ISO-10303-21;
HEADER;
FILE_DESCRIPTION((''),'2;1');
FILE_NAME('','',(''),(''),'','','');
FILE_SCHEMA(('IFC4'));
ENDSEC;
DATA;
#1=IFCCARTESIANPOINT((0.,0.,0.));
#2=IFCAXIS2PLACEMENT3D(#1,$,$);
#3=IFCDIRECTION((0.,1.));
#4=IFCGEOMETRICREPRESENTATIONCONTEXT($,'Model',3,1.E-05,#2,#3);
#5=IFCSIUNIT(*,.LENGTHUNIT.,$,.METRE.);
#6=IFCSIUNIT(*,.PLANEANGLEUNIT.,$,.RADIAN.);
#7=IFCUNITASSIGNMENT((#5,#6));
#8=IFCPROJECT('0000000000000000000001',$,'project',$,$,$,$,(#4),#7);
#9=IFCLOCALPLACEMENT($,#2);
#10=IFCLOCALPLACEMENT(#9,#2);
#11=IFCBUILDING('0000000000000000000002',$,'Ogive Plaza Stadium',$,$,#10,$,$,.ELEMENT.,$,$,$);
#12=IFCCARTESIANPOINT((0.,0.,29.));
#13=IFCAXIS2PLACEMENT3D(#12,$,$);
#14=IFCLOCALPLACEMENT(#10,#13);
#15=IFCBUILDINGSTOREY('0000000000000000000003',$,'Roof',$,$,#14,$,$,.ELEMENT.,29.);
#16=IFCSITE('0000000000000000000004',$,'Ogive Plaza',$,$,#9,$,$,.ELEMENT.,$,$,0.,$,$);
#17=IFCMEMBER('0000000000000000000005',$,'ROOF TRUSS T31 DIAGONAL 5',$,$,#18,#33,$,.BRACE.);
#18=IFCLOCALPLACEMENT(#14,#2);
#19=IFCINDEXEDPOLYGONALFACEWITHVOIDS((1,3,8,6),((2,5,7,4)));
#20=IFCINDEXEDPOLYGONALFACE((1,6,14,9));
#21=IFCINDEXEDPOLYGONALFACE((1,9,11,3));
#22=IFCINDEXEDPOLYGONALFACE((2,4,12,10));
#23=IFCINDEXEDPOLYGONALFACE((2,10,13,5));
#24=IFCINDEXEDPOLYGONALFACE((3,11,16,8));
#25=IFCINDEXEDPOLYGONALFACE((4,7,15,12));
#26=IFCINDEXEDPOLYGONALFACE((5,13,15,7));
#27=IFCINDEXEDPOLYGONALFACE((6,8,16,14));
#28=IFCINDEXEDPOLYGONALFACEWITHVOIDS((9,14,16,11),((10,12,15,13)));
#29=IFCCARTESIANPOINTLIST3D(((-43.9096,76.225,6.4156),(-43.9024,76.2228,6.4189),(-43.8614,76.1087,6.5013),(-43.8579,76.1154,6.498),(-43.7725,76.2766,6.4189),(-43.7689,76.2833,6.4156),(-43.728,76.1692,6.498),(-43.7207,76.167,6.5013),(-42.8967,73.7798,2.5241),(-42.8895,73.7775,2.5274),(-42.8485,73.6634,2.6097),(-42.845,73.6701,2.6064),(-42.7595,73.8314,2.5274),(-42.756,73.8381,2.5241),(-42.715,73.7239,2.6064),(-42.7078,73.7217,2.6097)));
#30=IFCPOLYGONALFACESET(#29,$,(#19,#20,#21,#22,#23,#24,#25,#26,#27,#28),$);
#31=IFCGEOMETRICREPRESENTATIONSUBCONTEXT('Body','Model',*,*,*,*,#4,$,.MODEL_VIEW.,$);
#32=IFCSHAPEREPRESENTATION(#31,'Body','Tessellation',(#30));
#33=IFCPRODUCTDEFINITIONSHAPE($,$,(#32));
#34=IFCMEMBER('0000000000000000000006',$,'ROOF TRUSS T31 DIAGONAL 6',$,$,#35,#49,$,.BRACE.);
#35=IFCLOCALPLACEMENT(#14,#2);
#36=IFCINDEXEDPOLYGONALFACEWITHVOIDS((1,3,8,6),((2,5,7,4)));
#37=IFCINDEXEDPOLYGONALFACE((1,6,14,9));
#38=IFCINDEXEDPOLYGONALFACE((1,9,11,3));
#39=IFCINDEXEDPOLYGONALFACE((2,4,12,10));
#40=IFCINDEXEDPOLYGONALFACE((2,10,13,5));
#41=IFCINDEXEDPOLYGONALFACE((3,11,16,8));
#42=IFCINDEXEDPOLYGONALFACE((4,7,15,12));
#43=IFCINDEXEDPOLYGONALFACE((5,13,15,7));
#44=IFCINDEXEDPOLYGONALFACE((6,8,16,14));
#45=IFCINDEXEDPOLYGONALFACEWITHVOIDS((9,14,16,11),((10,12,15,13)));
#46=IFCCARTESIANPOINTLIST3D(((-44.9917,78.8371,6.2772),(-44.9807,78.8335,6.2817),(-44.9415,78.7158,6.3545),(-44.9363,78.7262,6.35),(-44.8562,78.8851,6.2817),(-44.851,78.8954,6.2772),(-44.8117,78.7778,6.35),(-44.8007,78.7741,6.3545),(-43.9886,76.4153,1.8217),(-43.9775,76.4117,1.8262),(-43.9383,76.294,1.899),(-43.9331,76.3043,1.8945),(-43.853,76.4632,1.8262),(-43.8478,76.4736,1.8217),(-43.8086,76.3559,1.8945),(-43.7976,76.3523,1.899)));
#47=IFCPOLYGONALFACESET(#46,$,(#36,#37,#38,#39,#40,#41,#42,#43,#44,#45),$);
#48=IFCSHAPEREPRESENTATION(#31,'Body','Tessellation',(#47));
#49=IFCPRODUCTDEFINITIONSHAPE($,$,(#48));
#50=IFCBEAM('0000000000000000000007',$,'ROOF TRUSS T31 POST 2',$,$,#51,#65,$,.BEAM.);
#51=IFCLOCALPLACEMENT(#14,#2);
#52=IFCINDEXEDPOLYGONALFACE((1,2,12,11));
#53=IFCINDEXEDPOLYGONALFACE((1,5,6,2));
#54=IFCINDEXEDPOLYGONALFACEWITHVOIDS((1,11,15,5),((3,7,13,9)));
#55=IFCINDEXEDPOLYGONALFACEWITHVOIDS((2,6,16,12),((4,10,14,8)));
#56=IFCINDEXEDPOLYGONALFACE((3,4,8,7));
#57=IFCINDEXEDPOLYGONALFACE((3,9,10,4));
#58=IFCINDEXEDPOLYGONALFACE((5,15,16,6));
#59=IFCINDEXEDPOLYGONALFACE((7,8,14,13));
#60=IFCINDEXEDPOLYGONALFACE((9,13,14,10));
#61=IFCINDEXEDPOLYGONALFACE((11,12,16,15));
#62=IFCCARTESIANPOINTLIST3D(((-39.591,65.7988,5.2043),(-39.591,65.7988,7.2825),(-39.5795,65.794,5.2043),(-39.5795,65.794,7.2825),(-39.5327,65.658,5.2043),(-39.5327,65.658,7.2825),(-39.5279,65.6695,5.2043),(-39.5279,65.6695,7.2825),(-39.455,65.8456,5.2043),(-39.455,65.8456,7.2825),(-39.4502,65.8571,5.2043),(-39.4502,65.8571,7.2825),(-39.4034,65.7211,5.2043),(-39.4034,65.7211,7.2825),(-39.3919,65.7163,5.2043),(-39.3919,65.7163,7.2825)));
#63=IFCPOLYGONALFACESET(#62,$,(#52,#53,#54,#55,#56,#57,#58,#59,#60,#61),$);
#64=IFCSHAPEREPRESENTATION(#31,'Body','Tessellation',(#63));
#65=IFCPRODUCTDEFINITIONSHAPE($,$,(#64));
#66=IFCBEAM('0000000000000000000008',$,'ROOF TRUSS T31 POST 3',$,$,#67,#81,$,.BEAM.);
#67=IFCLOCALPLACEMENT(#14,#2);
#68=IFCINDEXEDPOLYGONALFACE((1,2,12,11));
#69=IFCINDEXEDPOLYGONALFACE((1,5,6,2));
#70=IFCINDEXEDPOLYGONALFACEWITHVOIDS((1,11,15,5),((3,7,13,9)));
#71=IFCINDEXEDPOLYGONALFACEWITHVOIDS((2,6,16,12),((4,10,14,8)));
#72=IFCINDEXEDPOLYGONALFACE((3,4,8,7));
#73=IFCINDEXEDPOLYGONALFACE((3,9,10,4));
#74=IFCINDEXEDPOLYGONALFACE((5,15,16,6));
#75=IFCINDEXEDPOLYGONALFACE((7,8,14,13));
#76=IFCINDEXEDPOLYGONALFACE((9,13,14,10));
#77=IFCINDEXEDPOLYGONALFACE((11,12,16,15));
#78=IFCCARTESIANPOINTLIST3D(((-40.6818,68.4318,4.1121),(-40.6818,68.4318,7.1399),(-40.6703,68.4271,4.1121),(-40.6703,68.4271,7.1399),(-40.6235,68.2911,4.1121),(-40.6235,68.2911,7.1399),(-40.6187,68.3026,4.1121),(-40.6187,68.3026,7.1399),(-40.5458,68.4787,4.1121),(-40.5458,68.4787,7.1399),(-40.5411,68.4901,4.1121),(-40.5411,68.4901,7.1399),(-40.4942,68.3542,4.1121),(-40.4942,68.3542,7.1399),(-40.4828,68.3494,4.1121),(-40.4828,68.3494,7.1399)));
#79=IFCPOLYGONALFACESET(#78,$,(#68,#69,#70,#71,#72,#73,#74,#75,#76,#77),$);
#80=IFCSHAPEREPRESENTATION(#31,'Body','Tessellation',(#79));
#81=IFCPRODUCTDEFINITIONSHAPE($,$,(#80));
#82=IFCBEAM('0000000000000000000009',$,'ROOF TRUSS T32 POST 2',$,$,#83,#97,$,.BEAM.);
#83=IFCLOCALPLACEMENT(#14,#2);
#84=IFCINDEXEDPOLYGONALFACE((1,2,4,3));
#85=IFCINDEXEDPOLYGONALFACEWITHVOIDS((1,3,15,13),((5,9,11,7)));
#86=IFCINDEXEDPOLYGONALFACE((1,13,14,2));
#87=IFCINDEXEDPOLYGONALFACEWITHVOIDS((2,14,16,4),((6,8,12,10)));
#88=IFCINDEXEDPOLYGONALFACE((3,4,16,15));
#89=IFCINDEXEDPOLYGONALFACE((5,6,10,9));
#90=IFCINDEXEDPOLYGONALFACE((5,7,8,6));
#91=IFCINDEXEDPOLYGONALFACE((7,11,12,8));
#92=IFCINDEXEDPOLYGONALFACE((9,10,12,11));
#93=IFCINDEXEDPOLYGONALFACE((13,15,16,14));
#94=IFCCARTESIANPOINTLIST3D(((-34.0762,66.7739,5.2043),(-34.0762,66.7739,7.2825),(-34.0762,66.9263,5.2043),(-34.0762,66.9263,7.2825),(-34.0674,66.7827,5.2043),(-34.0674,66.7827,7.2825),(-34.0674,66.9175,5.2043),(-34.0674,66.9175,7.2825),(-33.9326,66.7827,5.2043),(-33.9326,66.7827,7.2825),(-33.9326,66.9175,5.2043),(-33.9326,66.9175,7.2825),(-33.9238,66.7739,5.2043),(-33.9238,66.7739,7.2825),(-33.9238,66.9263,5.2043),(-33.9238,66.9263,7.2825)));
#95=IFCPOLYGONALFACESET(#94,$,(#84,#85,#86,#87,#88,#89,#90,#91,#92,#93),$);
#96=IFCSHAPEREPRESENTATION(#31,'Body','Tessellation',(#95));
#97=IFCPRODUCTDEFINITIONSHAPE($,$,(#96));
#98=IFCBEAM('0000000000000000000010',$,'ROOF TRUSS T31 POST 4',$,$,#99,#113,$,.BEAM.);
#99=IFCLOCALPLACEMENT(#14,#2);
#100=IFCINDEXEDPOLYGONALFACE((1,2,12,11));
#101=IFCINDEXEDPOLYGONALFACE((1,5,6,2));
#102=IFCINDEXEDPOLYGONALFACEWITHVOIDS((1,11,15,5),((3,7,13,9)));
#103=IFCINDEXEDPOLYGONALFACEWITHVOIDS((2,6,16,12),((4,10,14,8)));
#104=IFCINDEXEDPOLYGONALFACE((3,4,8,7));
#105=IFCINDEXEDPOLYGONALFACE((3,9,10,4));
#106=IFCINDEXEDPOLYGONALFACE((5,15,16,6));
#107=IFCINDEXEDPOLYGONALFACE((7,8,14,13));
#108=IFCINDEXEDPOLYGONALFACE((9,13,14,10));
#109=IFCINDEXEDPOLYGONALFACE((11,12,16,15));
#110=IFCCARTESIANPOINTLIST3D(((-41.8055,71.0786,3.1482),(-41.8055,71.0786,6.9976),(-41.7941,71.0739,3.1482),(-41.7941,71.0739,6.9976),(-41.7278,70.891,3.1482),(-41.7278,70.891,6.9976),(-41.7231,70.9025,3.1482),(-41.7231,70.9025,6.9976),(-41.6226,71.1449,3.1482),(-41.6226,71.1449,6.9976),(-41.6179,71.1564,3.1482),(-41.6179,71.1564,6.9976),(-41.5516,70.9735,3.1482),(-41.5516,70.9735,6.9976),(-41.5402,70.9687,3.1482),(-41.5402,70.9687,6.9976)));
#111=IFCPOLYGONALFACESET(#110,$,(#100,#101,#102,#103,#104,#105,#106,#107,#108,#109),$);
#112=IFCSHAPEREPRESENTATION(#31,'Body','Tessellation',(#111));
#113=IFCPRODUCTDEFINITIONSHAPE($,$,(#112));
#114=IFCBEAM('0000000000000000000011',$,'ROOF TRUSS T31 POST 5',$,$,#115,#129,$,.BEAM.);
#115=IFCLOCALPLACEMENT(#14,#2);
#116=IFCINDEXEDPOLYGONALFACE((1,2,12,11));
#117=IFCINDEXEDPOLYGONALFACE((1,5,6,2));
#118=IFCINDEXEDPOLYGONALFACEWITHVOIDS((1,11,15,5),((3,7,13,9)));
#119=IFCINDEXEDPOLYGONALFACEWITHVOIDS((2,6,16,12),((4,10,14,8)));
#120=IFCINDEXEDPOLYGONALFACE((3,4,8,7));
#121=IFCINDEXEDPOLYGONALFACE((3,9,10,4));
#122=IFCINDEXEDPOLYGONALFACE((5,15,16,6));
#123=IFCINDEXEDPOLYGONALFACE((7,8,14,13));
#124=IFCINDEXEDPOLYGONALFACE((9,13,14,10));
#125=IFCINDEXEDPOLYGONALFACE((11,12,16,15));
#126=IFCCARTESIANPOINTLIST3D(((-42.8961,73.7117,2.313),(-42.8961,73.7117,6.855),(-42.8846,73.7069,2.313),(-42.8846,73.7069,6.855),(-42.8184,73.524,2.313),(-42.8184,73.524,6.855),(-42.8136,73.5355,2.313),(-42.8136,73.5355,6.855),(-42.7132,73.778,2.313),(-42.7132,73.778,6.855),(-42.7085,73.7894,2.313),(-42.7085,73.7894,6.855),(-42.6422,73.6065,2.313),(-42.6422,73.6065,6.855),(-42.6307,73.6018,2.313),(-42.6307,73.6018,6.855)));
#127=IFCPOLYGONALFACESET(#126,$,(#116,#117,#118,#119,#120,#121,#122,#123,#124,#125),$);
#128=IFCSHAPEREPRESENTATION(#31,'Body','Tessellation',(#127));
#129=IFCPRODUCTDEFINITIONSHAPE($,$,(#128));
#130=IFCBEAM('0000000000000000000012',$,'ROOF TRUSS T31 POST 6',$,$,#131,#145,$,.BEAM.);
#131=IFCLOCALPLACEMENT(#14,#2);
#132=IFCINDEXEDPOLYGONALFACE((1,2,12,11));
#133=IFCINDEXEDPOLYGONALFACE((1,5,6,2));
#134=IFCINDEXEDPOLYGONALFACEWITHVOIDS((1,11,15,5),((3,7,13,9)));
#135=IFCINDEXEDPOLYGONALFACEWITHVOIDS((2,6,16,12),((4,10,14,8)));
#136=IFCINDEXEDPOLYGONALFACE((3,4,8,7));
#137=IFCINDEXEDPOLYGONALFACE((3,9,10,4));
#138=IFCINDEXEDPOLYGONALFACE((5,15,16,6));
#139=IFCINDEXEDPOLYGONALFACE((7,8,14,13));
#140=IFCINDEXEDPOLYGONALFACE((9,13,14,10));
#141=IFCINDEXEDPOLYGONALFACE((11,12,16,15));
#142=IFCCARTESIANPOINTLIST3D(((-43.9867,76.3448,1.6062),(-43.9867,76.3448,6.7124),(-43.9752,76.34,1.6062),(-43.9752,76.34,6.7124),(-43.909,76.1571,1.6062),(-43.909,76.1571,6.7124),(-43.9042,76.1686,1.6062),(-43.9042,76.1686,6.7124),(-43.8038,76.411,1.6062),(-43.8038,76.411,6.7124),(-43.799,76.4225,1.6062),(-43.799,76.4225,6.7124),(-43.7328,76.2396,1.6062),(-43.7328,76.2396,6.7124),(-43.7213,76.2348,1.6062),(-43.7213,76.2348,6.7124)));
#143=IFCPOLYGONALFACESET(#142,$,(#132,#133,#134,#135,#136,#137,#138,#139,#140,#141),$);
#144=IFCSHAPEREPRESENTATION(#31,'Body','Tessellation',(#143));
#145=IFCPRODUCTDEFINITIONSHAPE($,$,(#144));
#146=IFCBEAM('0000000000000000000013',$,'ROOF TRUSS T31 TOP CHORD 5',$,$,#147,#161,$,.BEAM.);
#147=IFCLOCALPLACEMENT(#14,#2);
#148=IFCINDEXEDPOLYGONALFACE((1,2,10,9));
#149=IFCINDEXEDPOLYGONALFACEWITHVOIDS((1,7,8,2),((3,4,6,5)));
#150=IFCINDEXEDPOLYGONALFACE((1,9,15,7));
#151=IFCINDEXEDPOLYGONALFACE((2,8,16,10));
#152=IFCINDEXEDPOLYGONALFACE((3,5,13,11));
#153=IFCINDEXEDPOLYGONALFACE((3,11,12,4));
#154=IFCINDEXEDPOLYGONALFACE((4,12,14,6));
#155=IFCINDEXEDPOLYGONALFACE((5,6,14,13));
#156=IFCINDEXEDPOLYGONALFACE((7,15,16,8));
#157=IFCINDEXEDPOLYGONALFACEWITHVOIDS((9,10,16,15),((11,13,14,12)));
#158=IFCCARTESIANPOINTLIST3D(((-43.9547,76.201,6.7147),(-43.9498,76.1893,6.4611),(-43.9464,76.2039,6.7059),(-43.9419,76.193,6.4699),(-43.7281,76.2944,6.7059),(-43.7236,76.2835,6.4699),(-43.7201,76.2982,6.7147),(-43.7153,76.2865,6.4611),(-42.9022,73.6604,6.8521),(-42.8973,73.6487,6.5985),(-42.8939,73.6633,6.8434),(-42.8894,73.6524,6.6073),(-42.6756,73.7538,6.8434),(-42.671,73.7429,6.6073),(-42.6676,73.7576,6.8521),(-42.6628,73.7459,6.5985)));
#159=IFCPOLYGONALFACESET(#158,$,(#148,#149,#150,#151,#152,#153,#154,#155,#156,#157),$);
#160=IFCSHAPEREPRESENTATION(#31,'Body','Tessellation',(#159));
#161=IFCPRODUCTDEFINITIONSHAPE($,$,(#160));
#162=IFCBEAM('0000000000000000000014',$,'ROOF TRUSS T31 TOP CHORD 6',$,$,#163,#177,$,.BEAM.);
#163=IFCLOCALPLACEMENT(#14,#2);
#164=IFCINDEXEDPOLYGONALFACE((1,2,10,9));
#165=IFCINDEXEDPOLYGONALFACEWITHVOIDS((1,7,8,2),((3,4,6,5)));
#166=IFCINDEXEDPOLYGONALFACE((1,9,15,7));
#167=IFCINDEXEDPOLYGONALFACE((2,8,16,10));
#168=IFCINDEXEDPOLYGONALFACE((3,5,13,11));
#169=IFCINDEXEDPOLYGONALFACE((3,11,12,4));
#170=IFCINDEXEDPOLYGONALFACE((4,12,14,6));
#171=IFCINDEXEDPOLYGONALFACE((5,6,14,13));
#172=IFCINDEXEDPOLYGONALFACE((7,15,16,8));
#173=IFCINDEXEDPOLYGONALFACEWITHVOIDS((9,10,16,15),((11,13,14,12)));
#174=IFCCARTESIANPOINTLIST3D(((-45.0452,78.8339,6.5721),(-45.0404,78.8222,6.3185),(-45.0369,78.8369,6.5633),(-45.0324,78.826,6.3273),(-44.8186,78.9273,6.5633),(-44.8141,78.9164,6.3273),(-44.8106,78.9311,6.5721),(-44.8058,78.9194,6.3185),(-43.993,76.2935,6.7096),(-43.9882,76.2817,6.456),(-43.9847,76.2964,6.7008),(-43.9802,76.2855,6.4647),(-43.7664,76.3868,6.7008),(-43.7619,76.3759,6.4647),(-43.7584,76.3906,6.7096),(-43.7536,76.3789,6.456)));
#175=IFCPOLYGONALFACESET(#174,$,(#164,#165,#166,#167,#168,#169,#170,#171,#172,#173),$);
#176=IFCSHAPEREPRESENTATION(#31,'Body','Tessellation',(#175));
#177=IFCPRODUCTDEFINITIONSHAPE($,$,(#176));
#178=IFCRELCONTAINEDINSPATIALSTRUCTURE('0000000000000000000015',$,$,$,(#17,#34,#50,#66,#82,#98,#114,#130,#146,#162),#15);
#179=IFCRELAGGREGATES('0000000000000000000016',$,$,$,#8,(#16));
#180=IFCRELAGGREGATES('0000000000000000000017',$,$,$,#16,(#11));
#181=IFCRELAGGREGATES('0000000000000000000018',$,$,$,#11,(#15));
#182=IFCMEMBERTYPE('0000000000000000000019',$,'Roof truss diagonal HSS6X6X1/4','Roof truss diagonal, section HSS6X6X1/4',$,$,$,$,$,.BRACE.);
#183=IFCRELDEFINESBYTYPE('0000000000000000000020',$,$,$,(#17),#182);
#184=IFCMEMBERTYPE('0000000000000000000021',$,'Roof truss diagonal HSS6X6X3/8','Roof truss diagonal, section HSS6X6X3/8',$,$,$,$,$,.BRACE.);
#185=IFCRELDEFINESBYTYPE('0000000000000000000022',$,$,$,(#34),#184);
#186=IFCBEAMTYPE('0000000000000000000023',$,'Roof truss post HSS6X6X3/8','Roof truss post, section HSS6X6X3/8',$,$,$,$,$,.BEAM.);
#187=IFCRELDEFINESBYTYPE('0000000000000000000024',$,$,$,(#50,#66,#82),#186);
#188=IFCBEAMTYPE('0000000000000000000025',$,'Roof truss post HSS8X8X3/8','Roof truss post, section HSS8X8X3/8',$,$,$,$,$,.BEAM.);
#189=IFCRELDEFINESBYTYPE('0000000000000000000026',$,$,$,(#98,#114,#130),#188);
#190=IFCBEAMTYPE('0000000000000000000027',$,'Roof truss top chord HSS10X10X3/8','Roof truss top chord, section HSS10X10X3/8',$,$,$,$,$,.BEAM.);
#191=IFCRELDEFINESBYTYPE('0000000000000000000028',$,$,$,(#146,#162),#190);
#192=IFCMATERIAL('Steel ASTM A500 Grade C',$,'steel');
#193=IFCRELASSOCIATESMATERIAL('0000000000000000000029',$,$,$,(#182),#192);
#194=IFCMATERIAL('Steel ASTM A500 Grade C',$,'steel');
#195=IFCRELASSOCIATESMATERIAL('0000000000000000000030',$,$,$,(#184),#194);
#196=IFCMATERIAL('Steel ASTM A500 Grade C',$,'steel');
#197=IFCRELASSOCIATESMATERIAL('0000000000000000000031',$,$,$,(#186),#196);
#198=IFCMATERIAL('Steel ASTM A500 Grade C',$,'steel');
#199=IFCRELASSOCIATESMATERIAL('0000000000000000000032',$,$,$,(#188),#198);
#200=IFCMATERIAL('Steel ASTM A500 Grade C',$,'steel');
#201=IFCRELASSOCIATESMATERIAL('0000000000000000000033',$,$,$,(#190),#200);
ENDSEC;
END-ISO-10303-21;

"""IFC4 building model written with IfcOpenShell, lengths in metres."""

from ifc_helpers import new_model, si_unit, direction, frame, origin, origin_2d, place, context, subcontext, project, spatial, hollow_rectangle, extrude, material, material_profile, profile_set, type_object, element, save


model = new_model("IFC4")

# Units and contexts
model_context = context("Model", 3, precision=1e-05, world=origin(), true_north=direction((0.0, 1.0)))
body_context = subcontext(model_context, "Body", "Model", "MODEL_VIEW")
ifc_project = project(units=[si_unit("LENGTHUNIT", "METRE"), si_unit("PLANEANGLEUNIT", "RADIAN")], contexts=[model_context])

# Site, building, storey
site_placement = place(None, origin())
site = spatial("IfcSite", under=ifc_project, at=site_placement, Name="Ogive Plaza", CompositionType="ELEMENT", RefElevation=0.0)
building_placement = place(site_placement, origin())
building = spatial("IfcBuilding", under=site, at=building_placement, Name="Ogive Plaza Stadium", CompositionType="ELEMENT")
storey_placement = place(building_placement, frame((0.0, 0.0, 29.0)))
storey = spatial("IfcBuildingStorey", under=building, at=storey_placement, Name="Roof", CompositionType="ELEMENT", Elevation=29.0)

# Members
ifc_material_1 = material(Name="Steel ASTM A500 Grade C", Category="steel")
ifc_material_profile_1 = material_profile(ifc_material_1, hollow_rectangle(XDim=0.1523, YDim=0.1523, WallThickness=0.0059, at=origin_2d()), Name="HSS6X6X1/4")
ifc_profile_set_1 = profile_set([ifc_material_profile_1], Name="Steel ASTM A500 Grade C")
member_type_1 = type_object("IfcMemberType", Name="Roof truss diagonal HSS6X6X1/4", Description="Roof truss diagonal, section HSS6X6X1/4", PredefinedType="BRACE", material=ifc_profile_set_1)
member_1_placement = place(storey_placement, frame((-42.8022, 73.7507, 2.5669), z_axis=(-0.215226, 0.519572, 0.826875), x_axis=(-0.923872, -0.382702, 0.0)))
element("IfcMember", 1, at=member_1_placement, inside=storey, type_object=member_type_1, Name="ROOF TRUSS T31 DIAGONAL 5", PredefinedType="BRACE", context=body_context, shape_type="SweptSolid", body=[
    extrude(hollow_rectangle(XDim=0.1523, YDim=0.1523, WallThickness=0.0059, at=origin_2d()), origin(), (0.0, 0.0, 1.0), 4.7063),
])
ifc_material_2 = material(Name="Steel ASTM A500 Grade C", Category="steel")
ifc_material_profile_2 = material_profile(ifc_material_2, hollow_rectangle(XDim=0.1523, YDim=0.1523, WallThickness=0.0088, at=origin_2d()), Name="HSS6X6X3/8")
ifc_profile_set_2 = profile_set([ifc_material_profile_2], Name="Steel ASTM A500 Grade C")
member_type_2 = type_object("IfcMemberType", Name="Roof truss diagonal HSS6X6X3/8", Description="Roof truss diagonal, section HSS6X6X3/8", PredefinedType="BRACE", material=ifc_profile_set_2)
member_2_placement = place(storey_placement, frame((-43.8931, 76.3838, 1.8604), z_axis=(-0.194056, 0.468492, 0.861892), x_axis=(-0.923879, -0.382684, 0.0)))
element("IfcMember", 2, at=member_2_placement, inside=storey, type_object=member_type_2, Name="ROOF TRUSS T31 DIAGONAL 6", PredefinedType="BRACE", context=body_context, shape_type="SweptSolid", body=[
    extrude(hollow_rectangle(XDim=0.1523, YDim=0.1523, WallThickness=0.0088, at=origin_2d()), origin(), (0.0, 0.0, 1.0), 5.1694),
])

# Beams
ifc_material_3 = material(Name="Steel ASTM A500 Grade C", Category="steel")
ifc_material_profile_3 = material_profile(ifc_material_3, hollow_rectangle(XDim=0.1523, YDim=0.1523, WallThickness=0.0088, at=origin_2d()), Name="HSS6X6X3/8")
ifc_profile_set_3 = profile_set([ifc_material_profile_3], Name="Steel ASTM A500 Grade C")
beam_type_1 = type_object("IfcBeamType", Name="Roof truss post HSS6X6X3/8", Description="Roof truss post, section HSS6X6X3/8", PredefinedType="BEAM", material=ifc_profile_set_3)
beam_1_placement = place(storey_placement, frame((-39.4915, 65.7576, 5.2043), z_axis=(0.0, 0.0, 1.0), x_axis=(-0.92388, -0.382683, 0.0)))
element("IfcBeam", 3, at=beam_1_placement, inside=storey, type_object=beam_type_1, Name="ROOF TRUSS T31 POST 2", PredefinedType="BEAM", context=body_context, shape_type="SweptSolid", body=[
    extrude(hollow_rectangle(XDim=0.1523, YDim=0.1523, WallThickness=0.0088, at=origin_2d()), origin(), (0.0, 0.0, 1.0), 2.0781),
])
beam_2_placement = place(storey_placement, frame((-40.5823, 68.3906, 4.1121), z_axis=(0.0, 0.0, 1.0), x_axis=(-0.92388, -0.382683, 0.0)))
element("IfcBeam", 4, at=beam_2_placement, inside=storey, type_object=beam_type_1, Name="ROOF TRUSS T31 POST 3", PredefinedType="BEAM", context=body_context, shape_type="SweptSolid", body=[
    extrude(hollow_rectangle(XDim=0.1523, YDim=0.1523, WallThickness=0.0088, at=origin_2d()), origin(), (0.0, 0.0, 1.0), 3.0278),
])
beam_3_placement = place(storey_placement, frame((-34.0, 66.8501, 5.2043), z_axis=(0.0, 0.0, 1.0), x_axis=(-1.0, 0.0, 0.0)))
element("IfcBeam", 5, at=beam_3_placement, inside=storey, type_object=beam_type_1, Name="ROOF TRUSS T32 POST 2", PredefinedType="BEAM", context=body_context, shape_type="SweptSolid", body=[
    extrude(hollow_rectangle(XDim=0.1523, YDim=0.1523, WallThickness=0.0088, at=origin_2d()), origin(), (0.0, 0.0, 1.0), 2.0781),
])
ifc_material_4 = material(Name="Steel ASTM A500 Grade C", Category="steel")
ifc_material_profile_4 = material_profile(ifc_material_4, hollow_rectangle(XDim=0.2031, YDim=0.2031, WallThickness=0.0088, at=origin_2d()), Name="HSS8X8X3/8")
ifc_profile_set_4 = profile_set([ifc_material_profile_4], Name="Steel ASTM A500 Grade C")
beam_type_2 = type_object("IfcBeamType", Name="Roof truss post HSS8X8X3/8", Description="Roof truss post, section HSS8X8X3/8", PredefinedType="BEAM", material=ifc_profile_set_4)
beam_4_placement = place(storey_placement, frame((-41.6729, 71.0237, 3.1482), z_axis=(0.0, 0.0, 1.0), x_axis=(-0.92388, -0.382683, 0.0)))
element("IfcBeam", 6, at=beam_4_placement, inside=storey, type_object=beam_type_2, Name="ROOF TRUSS T31 POST 4", PredefinedType="BEAM", context=body_context, shape_type="SweptSolid", body=[
    extrude(hollow_rectangle(XDim=0.2031, YDim=0.2031, WallThickness=0.0088, at=origin_2d()), origin(), (0.0, 0.0, 1.0), 3.8494),
])
beam_5_placement = place(storey_placement, frame((-42.7634, 73.6567, 2.313), z_axis=(0.0, 0.0, 1.0), x_axis=(-0.92388, -0.382683, 0.0)))
element("IfcBeam", 7, at=beam_5_placement, inside=storey, type_object=beam_type_2, Name="ROOF TRUSS T31 POST 5", PredefinedType="BEAM", context=body_context, shape_type="SweptSolid", body=[
    extrude(hollow_rectangle(XDim=0.2031, YDim=0.2031, WallThickness=0.0088, at=origin_2d()), origin(), (0.0, 0.0, 1.0), 4.542),
])
beam_6_placement = place(storey_placement, frame((-43.854, 76.2898, 1.6062), z_axis=(0.0, 0.0, 1.0), x_axis=(-0.92388, -0.382683, 0.0)))
element("IfcBeam", 8, at=beam_6_placement, inside=storey, type_object=beam_type_2, Name="ROOF TRUSS T31 POST 6", PredefinedType="BEAM", context=body_context, shape_type="SweptSolid", body=[
    extrude(hollow_rectangle(XDim=0.2031, YDim=0.2031, WallThickness=0.0088, at=origin_2d()), origin(), (0.0, 0.0, 1.0), 5.1062),
])
ifc_material_5 = material(Name="Steel ASTM A500 Grade C", Category="steel")
ifc_material_profile_5 = material_profile(ifc_material_5, hollow_rectangle(XDim=0.2539, YDim=0.2539, WallThickness=0.0088, at=origin_2d()), Name="HSS10X10X3/8")
ifc_profile_set_5 = profile_set([ifc_material_profile_5], Name="Steel ASTM A500 Grade C")
beam_type_3 = type_object("IfcBeamType", Name="Roof truss top chord HSS10X10X3/8", Description="Roof truss top chord, section HSS10X10X3/8", PredefinedType="BEAM", material=ifc_profile_set_5)
beam_7_placement = place(storey_placement, frame((-42.7825, 73.7031, 6.7253), z_axis=(-0.382259, 0.922706, -0.049922), x_axis=(-0.923858, -0.382736, 0.0)))
element("IfcBeam", 9, at=beam_7_placement, inside=storey, type_object=beam_type_3, Name="ROOF TRUSS T31 TOP CHORD 5", PredefinedType="BEAM", context=body_context, shape_type="SweptSolid", body=[
    extrude(hollow_rectangle(XDim=0.2539, YDim=0.2539, WallThickness=0.0088, at=origin_2d()), origin(), (0.0, 0.0, 1.0), 2.7534),
])
beam_8_placement = place(storey_placement, frame((-43.8733, 76.3362, 6.5828), z_axis=(-0.382183, 0.922737, -0.049923), x_axis=(-0.923889, -0.38266, 0.0)))
element("IfcBeam", 10, at=beam_8_placement, inside=storey, type_object=beam_type_3, Name="ROOF TRUSS T31 TOP CHORD 6", PredefinedType="BEAM", context=body_context, shape_type="SweptSolid", body=[
    extrude(hollow_rectangle(XDim=0.2539, YDim=0.2539, WallThickness=0.0088, at=origin_2d()), origin(), (0.0, 0.0, 1.0), 2.7532),
])

save(model, "model.ifc")
